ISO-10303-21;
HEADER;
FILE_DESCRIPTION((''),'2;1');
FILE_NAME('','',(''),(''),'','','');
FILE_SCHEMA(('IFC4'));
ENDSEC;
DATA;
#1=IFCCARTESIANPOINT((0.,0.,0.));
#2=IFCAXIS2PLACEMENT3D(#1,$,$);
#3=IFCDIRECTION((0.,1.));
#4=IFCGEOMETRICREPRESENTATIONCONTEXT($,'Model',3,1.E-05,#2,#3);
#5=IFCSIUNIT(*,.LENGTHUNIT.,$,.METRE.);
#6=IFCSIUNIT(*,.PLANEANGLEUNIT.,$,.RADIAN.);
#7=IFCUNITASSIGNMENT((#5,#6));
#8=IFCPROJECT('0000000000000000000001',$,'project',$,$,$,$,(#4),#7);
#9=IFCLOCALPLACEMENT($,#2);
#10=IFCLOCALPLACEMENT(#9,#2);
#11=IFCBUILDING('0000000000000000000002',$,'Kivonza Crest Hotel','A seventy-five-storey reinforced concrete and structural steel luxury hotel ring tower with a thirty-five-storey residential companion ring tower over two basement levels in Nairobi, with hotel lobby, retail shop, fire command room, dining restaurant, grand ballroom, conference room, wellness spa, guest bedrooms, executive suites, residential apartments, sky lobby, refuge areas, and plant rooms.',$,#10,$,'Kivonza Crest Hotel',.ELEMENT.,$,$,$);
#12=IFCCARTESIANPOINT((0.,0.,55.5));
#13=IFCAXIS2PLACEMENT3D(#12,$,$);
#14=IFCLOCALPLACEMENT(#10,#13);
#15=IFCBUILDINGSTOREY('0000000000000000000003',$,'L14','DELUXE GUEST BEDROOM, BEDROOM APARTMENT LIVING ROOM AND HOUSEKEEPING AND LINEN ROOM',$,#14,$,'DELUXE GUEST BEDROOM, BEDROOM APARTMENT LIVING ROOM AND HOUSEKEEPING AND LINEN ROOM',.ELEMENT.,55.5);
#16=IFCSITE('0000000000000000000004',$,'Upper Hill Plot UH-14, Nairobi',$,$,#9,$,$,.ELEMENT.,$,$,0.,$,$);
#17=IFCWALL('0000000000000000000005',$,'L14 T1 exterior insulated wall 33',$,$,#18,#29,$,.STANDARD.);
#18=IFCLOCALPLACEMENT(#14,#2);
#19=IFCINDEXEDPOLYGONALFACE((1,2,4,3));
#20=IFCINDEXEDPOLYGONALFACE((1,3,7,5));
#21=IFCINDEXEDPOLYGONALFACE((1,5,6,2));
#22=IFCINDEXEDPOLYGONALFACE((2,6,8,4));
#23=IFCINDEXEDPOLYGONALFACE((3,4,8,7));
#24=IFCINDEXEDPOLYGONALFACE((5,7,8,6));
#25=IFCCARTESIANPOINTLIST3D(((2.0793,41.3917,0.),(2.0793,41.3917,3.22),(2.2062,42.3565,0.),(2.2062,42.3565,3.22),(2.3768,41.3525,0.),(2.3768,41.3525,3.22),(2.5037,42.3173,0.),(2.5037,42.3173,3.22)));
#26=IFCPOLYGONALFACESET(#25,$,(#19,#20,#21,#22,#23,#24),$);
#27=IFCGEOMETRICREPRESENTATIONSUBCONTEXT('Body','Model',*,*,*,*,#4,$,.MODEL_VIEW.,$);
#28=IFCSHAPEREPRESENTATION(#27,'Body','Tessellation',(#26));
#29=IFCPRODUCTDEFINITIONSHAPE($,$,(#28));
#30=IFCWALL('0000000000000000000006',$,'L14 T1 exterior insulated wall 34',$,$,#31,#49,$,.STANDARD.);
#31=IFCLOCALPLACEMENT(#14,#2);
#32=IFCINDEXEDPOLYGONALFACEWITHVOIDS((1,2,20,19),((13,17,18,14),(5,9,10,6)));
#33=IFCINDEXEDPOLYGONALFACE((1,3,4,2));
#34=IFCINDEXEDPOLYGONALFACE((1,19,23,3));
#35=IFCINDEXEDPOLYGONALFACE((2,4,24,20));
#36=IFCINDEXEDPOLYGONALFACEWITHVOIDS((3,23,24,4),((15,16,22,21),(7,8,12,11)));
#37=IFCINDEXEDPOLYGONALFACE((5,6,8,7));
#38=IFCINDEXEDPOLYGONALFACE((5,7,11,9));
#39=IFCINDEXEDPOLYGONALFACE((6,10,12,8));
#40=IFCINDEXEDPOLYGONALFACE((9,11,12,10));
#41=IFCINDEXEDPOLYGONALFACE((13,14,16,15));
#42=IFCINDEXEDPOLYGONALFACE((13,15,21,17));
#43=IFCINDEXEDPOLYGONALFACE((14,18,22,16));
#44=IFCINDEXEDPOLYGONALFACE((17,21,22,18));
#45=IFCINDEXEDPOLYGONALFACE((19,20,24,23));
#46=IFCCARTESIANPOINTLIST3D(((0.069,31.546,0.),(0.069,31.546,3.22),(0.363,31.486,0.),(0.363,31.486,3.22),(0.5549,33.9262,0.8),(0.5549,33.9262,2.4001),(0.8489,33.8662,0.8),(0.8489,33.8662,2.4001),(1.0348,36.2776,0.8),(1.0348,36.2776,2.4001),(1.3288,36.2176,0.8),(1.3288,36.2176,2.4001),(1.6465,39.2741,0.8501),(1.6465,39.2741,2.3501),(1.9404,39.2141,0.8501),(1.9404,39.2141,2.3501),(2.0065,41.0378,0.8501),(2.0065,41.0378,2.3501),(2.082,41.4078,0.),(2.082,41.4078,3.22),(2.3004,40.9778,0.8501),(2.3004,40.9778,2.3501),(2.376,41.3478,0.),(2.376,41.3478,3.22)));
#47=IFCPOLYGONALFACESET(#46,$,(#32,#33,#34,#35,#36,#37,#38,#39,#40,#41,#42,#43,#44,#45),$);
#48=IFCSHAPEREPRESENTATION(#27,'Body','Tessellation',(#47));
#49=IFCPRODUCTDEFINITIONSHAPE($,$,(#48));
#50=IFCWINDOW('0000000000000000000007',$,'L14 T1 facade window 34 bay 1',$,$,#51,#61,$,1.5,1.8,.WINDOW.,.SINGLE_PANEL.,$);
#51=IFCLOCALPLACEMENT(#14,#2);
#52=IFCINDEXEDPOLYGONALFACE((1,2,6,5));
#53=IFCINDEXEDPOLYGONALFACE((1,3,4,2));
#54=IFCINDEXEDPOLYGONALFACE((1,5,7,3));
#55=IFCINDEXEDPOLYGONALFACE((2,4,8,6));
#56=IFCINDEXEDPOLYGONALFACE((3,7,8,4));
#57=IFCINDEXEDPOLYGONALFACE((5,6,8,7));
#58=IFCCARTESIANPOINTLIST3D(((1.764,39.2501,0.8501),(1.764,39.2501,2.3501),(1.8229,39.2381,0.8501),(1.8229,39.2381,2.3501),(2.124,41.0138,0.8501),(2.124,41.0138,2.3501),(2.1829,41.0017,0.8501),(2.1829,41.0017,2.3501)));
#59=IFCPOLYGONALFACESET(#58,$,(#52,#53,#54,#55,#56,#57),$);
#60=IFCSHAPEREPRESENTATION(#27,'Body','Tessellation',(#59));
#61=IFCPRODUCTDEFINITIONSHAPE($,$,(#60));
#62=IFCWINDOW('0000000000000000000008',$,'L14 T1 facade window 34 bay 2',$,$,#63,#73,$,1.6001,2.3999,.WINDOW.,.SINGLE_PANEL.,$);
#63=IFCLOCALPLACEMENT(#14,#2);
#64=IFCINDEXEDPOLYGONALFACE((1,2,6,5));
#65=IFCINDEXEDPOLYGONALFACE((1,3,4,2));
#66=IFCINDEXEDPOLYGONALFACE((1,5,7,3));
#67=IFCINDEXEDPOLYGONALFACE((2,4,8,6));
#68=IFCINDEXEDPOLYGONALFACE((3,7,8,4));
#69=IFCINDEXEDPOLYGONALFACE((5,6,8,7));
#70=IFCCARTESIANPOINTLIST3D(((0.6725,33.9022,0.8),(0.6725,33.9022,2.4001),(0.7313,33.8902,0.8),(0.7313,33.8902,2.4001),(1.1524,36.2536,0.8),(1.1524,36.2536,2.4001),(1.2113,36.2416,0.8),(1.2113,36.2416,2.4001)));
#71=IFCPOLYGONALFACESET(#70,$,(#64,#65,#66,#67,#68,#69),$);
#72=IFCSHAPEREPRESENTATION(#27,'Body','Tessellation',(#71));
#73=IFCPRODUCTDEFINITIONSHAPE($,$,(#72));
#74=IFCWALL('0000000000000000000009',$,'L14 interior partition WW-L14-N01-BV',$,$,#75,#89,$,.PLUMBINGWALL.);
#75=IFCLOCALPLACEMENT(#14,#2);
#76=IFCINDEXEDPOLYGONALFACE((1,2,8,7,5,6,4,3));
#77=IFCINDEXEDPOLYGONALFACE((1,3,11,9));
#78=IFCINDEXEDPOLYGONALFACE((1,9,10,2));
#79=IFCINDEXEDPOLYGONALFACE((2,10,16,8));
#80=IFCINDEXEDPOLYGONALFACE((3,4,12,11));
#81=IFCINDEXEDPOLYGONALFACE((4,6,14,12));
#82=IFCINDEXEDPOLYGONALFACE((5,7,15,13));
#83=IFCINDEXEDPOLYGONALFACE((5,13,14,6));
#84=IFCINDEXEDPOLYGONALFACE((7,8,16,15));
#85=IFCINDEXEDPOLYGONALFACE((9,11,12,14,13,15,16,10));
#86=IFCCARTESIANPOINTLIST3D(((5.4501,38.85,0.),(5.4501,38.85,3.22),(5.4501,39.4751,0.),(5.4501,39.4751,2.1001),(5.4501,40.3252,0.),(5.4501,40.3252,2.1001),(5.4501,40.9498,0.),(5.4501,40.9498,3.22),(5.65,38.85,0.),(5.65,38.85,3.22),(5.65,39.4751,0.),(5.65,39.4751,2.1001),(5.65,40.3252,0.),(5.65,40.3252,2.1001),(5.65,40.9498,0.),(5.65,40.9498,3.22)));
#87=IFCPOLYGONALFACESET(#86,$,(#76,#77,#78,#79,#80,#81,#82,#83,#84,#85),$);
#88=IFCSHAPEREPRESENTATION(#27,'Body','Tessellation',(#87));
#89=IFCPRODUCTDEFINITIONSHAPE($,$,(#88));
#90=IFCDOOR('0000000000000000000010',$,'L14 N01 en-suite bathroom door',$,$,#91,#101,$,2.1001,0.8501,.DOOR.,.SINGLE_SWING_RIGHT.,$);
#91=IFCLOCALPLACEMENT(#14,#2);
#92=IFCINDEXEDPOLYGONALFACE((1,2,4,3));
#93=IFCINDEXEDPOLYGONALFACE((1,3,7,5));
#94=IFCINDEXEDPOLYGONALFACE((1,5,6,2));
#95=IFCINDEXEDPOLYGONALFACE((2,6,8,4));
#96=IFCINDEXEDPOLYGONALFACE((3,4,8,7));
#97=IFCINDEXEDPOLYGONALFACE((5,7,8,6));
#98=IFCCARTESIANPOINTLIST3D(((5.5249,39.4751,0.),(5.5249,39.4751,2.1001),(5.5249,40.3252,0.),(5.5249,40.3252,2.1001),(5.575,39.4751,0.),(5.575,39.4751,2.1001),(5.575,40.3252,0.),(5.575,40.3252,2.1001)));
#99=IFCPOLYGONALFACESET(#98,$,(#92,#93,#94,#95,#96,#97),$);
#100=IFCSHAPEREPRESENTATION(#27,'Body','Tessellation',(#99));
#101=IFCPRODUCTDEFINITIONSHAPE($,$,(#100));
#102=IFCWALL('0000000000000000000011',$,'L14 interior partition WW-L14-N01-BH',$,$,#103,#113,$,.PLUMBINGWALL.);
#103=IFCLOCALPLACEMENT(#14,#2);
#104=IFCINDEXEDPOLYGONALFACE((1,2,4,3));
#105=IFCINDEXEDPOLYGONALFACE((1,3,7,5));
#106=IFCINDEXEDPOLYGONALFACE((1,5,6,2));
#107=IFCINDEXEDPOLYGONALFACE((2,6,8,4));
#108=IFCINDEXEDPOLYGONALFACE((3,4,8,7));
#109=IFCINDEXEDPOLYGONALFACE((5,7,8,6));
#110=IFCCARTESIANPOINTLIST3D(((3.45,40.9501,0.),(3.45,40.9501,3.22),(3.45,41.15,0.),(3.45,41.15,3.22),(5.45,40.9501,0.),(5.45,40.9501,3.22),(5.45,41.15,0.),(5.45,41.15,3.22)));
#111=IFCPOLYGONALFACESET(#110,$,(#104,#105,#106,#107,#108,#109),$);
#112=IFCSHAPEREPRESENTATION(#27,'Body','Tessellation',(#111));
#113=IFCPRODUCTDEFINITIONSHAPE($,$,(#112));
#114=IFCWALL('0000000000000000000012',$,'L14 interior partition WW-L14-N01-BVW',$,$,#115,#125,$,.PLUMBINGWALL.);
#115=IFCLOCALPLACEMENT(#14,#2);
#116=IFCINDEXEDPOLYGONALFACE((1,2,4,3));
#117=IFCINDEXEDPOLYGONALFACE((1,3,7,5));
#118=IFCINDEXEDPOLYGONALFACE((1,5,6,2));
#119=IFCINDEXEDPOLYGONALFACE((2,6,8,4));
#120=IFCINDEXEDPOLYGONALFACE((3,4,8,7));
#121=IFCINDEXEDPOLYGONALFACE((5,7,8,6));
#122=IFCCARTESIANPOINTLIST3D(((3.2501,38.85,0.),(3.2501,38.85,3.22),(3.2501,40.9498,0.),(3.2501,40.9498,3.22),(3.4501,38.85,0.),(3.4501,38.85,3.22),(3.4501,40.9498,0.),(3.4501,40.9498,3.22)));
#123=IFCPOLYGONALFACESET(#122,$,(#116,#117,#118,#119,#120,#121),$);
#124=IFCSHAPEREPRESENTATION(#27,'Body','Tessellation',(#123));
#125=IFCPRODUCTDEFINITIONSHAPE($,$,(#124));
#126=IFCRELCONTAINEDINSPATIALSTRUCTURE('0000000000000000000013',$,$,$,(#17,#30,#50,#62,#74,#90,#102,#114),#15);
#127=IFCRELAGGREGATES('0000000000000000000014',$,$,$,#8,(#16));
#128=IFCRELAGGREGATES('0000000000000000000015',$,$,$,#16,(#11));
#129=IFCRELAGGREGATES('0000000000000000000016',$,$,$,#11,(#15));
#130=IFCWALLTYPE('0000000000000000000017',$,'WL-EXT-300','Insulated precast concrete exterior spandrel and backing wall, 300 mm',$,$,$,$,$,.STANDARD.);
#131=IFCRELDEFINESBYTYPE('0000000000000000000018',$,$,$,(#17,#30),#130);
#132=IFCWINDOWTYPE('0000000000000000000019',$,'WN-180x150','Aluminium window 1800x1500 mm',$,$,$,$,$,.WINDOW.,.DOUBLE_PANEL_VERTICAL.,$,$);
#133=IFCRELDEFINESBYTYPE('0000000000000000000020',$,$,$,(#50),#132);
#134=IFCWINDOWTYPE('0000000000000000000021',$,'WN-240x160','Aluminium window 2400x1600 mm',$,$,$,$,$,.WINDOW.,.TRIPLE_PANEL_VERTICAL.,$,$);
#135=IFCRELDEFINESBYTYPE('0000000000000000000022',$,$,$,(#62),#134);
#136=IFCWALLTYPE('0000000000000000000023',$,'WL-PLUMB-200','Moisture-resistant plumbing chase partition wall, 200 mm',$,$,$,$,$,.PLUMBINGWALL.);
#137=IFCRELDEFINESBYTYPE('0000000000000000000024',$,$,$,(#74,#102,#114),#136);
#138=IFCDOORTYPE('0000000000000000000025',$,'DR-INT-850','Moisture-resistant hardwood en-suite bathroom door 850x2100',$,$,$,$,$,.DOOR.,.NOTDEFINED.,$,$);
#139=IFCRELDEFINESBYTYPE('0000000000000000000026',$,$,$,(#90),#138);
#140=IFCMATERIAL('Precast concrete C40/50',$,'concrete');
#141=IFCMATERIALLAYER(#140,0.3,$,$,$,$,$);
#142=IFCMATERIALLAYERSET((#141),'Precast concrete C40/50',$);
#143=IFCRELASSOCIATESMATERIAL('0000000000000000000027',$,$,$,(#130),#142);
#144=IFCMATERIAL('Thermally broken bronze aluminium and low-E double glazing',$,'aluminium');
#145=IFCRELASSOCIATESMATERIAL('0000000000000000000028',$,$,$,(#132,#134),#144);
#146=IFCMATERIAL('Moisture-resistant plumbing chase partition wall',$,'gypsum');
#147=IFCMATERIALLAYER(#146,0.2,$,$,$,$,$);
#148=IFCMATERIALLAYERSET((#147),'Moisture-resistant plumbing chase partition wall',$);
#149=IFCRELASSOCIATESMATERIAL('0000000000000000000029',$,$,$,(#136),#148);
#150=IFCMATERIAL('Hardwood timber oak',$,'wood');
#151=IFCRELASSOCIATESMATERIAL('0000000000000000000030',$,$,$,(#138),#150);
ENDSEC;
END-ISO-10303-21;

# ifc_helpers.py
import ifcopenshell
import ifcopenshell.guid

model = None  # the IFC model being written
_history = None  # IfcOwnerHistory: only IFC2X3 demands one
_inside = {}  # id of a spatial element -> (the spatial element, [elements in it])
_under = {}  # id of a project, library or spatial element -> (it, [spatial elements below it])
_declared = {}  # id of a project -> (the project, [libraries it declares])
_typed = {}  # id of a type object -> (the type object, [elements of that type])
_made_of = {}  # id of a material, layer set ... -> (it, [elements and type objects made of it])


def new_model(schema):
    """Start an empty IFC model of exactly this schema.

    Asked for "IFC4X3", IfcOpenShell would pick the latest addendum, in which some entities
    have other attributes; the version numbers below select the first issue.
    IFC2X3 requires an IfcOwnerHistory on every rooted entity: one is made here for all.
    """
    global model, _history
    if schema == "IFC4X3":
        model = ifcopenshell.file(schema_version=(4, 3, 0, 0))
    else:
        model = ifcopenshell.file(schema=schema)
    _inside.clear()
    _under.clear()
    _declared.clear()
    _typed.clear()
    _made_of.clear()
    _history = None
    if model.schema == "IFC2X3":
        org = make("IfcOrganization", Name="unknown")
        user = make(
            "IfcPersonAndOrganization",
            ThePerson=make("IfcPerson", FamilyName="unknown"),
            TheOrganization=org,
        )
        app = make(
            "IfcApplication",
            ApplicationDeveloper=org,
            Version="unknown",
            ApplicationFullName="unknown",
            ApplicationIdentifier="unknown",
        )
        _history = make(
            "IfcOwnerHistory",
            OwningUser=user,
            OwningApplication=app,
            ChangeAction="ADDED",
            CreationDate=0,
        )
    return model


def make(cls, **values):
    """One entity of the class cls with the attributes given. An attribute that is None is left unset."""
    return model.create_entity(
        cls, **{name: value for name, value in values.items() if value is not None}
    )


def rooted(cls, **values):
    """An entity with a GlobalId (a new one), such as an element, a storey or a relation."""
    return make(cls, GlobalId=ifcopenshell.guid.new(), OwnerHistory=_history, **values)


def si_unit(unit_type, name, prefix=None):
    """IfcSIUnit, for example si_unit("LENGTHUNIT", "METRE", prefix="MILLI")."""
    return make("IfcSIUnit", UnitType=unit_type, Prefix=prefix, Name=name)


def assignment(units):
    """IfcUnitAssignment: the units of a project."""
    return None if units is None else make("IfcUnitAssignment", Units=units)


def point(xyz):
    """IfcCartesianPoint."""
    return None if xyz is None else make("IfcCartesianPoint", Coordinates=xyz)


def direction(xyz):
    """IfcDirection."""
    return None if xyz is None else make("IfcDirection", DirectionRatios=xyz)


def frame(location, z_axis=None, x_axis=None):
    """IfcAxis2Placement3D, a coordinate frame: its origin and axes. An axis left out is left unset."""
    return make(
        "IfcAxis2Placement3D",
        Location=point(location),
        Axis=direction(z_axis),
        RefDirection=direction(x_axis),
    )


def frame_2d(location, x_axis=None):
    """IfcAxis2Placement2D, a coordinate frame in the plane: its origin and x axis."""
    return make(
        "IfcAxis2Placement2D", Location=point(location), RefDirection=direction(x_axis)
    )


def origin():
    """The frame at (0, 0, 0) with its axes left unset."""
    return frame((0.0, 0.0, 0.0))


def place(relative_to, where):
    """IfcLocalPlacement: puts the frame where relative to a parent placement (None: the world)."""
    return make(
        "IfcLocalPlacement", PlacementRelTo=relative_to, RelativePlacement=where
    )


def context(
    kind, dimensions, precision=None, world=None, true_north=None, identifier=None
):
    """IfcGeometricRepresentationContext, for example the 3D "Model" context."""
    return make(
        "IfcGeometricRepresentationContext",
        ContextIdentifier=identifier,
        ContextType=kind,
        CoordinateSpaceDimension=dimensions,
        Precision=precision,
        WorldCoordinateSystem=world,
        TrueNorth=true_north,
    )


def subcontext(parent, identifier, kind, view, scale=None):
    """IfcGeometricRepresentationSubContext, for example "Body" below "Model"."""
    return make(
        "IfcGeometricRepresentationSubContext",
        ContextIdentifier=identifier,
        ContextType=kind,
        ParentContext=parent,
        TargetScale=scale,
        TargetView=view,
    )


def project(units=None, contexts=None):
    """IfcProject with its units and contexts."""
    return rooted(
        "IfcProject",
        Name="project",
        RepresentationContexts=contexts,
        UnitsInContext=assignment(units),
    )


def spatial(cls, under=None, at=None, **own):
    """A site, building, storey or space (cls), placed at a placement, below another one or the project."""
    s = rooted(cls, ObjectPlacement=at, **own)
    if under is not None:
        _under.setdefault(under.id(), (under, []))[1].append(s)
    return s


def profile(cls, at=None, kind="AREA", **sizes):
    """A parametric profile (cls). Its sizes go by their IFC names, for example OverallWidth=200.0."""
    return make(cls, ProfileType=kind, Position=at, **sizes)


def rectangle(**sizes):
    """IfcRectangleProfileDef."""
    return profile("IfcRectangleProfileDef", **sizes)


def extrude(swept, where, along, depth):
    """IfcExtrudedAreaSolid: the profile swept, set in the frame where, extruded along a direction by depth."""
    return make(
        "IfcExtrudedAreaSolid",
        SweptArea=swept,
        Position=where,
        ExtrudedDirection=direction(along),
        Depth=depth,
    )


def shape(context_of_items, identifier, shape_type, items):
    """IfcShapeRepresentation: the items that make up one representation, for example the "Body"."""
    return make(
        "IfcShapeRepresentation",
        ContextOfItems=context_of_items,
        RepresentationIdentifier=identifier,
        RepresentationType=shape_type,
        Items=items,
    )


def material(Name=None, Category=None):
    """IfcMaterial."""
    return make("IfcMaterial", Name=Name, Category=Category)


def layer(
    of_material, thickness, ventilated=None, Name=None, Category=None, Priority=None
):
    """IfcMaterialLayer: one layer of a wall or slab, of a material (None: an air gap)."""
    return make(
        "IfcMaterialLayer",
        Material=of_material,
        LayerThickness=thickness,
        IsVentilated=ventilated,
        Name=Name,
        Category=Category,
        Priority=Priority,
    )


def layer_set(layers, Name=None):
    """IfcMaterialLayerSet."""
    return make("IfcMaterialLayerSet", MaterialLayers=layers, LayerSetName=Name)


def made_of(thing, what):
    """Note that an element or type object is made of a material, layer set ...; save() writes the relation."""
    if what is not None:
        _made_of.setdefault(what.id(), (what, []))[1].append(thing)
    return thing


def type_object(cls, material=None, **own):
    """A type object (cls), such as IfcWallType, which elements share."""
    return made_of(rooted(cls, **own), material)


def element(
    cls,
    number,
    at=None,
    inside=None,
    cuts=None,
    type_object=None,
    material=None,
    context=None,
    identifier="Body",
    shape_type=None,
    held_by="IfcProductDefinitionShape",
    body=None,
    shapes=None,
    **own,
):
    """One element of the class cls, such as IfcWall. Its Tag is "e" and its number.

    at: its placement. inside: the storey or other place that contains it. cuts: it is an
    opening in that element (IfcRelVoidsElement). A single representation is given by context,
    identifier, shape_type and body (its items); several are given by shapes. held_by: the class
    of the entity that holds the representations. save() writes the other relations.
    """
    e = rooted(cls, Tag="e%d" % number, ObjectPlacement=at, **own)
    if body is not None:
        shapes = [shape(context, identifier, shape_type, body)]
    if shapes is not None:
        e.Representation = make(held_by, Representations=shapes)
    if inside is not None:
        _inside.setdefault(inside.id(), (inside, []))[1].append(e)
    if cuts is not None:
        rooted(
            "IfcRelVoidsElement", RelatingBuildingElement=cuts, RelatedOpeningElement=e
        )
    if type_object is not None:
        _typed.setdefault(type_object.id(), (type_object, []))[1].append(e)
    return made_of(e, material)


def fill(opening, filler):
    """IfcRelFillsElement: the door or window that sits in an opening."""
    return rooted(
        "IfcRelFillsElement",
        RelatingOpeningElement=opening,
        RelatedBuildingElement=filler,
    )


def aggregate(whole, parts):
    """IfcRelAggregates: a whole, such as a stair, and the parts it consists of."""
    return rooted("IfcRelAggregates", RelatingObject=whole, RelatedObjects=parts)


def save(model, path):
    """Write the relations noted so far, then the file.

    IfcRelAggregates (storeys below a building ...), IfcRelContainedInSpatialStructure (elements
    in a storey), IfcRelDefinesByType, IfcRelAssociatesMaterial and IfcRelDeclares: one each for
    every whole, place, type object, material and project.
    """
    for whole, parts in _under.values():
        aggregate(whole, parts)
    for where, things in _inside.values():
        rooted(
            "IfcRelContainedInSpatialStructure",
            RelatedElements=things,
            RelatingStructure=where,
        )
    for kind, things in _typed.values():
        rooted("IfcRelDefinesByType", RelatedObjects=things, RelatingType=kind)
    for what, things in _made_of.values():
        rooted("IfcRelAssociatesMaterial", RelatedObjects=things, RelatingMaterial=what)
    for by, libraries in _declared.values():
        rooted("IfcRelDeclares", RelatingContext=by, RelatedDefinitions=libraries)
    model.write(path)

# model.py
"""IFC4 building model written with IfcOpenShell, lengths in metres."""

from ifc_helpers import new_model, si_unit, direction, frame, frame_2d, origin, place, context, subcontext, project, spatial, rectangle, extrude, material, layer, layer_set, type_object, element, fill, save


model = new_model("IFC4")

# Units and contexts
model_context = context("Model", 3, precision=1e-05, world=origin(), true_north=direction((0.0, 1.0)))
body_context = subcontext(model_context, "Body", "Model", "MODEL_VIEW")
ifc_project = project(units=[si_unit("LENGTHUNIT", "METRE"), si_unit("PLANEANGLEUNIT", "RADIAN")], contexts=[model_context])

# Site, building, storey
site_placement = place(None, origin())
site = spatial("IfcSite", under=ifc_project, at=site_placement, Name="Upper Hill Plot UH-14, Nairobi", CompositionType="ELEMENT", RefElevation=0.0)
building_placement = place(site_placement, origin())
building = spatial("IfcBuilding", under=site, at=building_placement, Name="Kivonza Crest Hotel", Description="A seventy-five-storey reinforced concrete and structural steel luxury hotel ring tower with a thirty-five-storey residential companion ring tower over two basement levels in Nairobi, with hotel lobby, retail shop, fire command room, dining restaurant, grand ballroom, conference room, wellness spa, guest bedrooms, executive suites, residential apartments, sky lobby, refuge areas, and plant rooms.", LongName="Kivonza Crest Hotel", CompositionType="ELEMENT")
storey_placement = place(building_placement, frame((0.0, 0.0, 55.5)))
storey = spatial("IfcBuildingStorey", under=building, at=storey_placement, Name="L14", Description="DELUXE GUEST BEDROOM, BEDROOM APARTMENT LIVING ROOM AND HOUSEKEEPING AND LINEN ROOM", LongName="DELUXE GUEST BEDROOM, BEDROOM APARTMENT LIVING ROOM AND HOUSEKEEPING AND LINEN ROOM", CompositionType="ELEMENT", Elevation=55.5)

# Shared definitions
ifc_material_1 = material(Name="Hardwood timber oak", Category="wood")

# Wall
ifc_material_2 = material(Name="Precast concrete C40/50", Category="concrete")
ifc_layer_1 = layer(ifc_material_2, 0.3)
ifc_layer_set_1 = layer_set([ifc_layer_1], Name="Precast concrete C40/50")
wall_type_1 = type_object("IfcWallType", Name="WL-EXT-300", Description="Insulated precast concrete exterior spandrel and backing wall, 300 mm", PredefinedType="STANDARD", material=ifc_layer_set_1)
wall_1_placement = place(storey_placement, frame((2.355, 42.3369, 0.0), z_axis=(0.0, 0.0, 1.0), x_axis=(-0.130455, -0.991454, 0.0)))
element("IfcWall", 1, at=wall_1_placement, inside=storey, type_object=wall_type_1, Name="L14 T1 exterior insulated wall 33", PredefinedType="STANDARD", context=body_context, shape_type="SweptSolid", body=[
    extrude(rectangle(XDim=0.9731, YDim=0.3, at=frame_2d((0.4866, 0.0))), origin(), (0.0, 0.0, 1.0), 3.22),
])

# Wall, openings, windows
wall_2_placement = place(storey_placement, frame((2.229, 41.3779, 0.0), z_axis=(0.0, 0.0, 1.0), x_axis=(-0.199991, -0.979798, 0.0)))
wall_2 = element("IfcWall", 2, at=wall_2_placement, inside=storey, type_object=wall_type_1, Name="L14 T1 exterior insulated wall 34", PredefinedType="STANDARD", context=body_context, shape_type="SweptSolid", body=[
    extrude(rectangle(XDim=10.0652, YDim=0.3, at=frame_2d((5.0327, 0.0))), origin(), (0.0, 0.0, 1.0), 3.22),
])
opening_1_placement = place(wall_2_placement, frame((0.3779, 0.0, 0.8501)))
opening_1 = element("IfcOpeningElement", 3, at=opening_1_placement, cuts=wall_2, PredefinedType="OPENING", context=body_context, shape_type="SweptSolid", body=[
    extrude(rectangle(XDim=1.8, YDim=1.5, at=frame_2d((0.8999, 0.75))), frame((0.0, 0.1602, 0.0), z_axis=(0.0, -1.0, 0.0), x_axis=(1.0, 0.0, 0.0)), (0.0, 0.0, 1.0), 0.3201),
])
opening_2_placement = place(wall_2_placement, frame((5.2361, 0.0, 0.8)))
opening_2 = element("IfcOpeningElement", 4, at=opening_2_placement, cuts=wall_2, PredefinedType="OPENING", context=body_context, shape_type="SweptSolid", body=[
    extrude(rectangle(XDim=2.3999, YDim=1.6001, at=frame_2d((1.2, 0.8))), frame((0.0, 0.1602, 0.0), z_axis=(0.0, -1.0, 0.0), x_axis=(1.0, 0.0, 0.0)), (0.0, 0.0, 1.0), 0.3201),
])
ifc_material_3 = material(Name="Thermally broken bronze aluminium and low-E double glazing", Category="aluminium")
window_type_1 = type_object("IfcWindowType", Name="WN-180x150", Description="Aluminium window 1800x1500 mm", PartitioningType="DOUBLE_PANEL_VERTICAL", PredefinedType="WINDOW", material=ifc_material_3)
window_1_placement = place(opening_1_placement, origin())
window_1 = element("IfcWindow", 5, at=window_1_placement, inside=storey, type_object=window_type_1, Name="L14 T1 facade window 34 bay 1", OverallHeight=1.5, OverallWidth=1.8, PartitioningType="SINGLE_PANEL", PredefinedType="WINDOW", context=body_context, shape_type="SweptSolid", body=[
    extrude(rectangle(XDim=1.8, YDim=1.5, at=frame_2d((0.8999, 0.75))), frame((0.0, 0.03, 0.0), z_axis=(0.0, -1.0, 0.0), x_axis=(1.0, 0.0, 0.0)), (0.0, 0.0, 1.0), 0.0601),
])
fill(opening_1, window_1)
window_type_2 = type_object("IfcWindowType", Name="WN-240x160", Description="Aluminium window 2400x1600 mm", PartitioningType="TRIPLE_PANEL_VERTICAL", PredefinedType="WINDOW", material=ifc_material_3)
window_2_placement = place(opening_2_placement, origin())
window_2 = element("IfcWindow", 6, at=window_2_placement, inside=storey, type_object=window_type_2, Name="L14 T1 facade window 34 bay 2", OverallHeight=1.6001, OverallWidth=2.3999, PartitioningType="SINGLE_PANEL", PredefinedType="WINDOW", context=body_context, shape_type="SweptSolid", body=[
    extrude(rectangle(XDim=2.3999, YDim=1.6001, at=frame_2d((1.2, 0.8))), frame((0.0, 0.03, 0.0), z_axis=(0.0, -1.0, 0.0), x_axis=(1.0, 0.0, 0.0)), (0.0, 0.0, 1.0), 0.0601),
])
fill(opening_2, window_2)

# Wall, opening, door
ifc_material_4 = material(Name="Moisture-resistant plumbing chase partition wall", Category="gypsum")
ifc_layer_2 = layer(ifc_material_4, 0.2)
ifc_layer_set_2 = layer_set([ifc_layer_2], Name="Moisture-resistant plumbing chase partition wall")
wall_type_2 = type_object("IfcWallType", Name="WL-PLUMB-200", Description="Moisture-resistant plumbing chase partition wall, 200 mm", PredefinedType="PLUMBINGWALL", material=ifc_layer_set_2)
wall_3_placement = place(storey_placement, frame((5.55, 38.8501, 0.0), z_axis=(0.0, 0.0, 1.0), x_axis=(0.0, 1.0, 0.0)))
wall_3 = element("IfcWall", 7, at=wall_3_placement, inside=storey, type_object=wall_type_2, Name="L14 interior partition WW-L14-N01-BV", PredefinedType="PLUMBINGWALL", context=body_context, shape_type="SweptSolid", body=[
    extrude(rectangle(XDim=2.0999, YDim=0.2, at=frame_2d((1.0498, 0.0))), origin(), (0.0, 0.0, 1.0), 3.22),
])
opening_3_placement = place(wall_3_placement, frame((0.625, 0.0, 0.0)))
opening_3 = element("IfcOpeningElement", 8, at=opening_3_placement, cuts=wall_3, PredefinedType="OPENING", context=body_context, shape_type="SweptSolid", body=[
    extrude(rectangle(XDim=0.8501, YDim=2.1001, at=frame_2d((0.425, 1.05))), frame((0.0, 0.1099, 0.0), z_axis=(0.0, -1.0, 0.0), x_axis=(1.0, 0.0, 0.0)), (0.0, 0.0, 1.0), 0.22),
])
door_type_1 = type_object("IfcDoorType", Name="DR-INT-850", Description="Moisture-resistant hardwood en-suite bathroom door 850x2100", OperationType="NOTDEFINED", PredefinedType="DOOR", material=ifc_material_1)
door_1_placement = place(opening_3_placement, frame((0.8501, 0.0, 0.0), z_axis=(0.0, 0.0, 1.0), x_axis=(-1.0, 0.0, 0.0)))
door_1 = element("IfcDoor", 9, at=door_1_placement, inside=storey, type_object=door_type_1, Name="L14 N01 en-suite bathroom door", OperationType="SINGLE_SWING_RIGHT", OverallHeight=2.1001, OverallWidth=0.8501, PredefinedType="DOOR", context=body_context, shape_type="SweptSolid", body=[
    extrude(rectangle(XDim=0.8501, YDim=2.1001, at=frame_2d((0.425, 1.05))), frame((0.0, 0.0249, 0.0), z_axis=(0.0, -1.0, 0.0), x_axis=(1.0, 0.0, 0.0)), (0.0, 0.0, 1.0), 0.05),
])
fill(opening_3, door_1)

# Walls
wall_4_placement = place(storey_placement, frame((3.45, 41.05, 0.0), z_axis=(0.0, 0.0, 1.0), x_axis=(1.0, 0.0, 0.0)))
element("IfcWall", 10, at=wall_4_placement, inside=storey, type_object=wall_type_2, Name="L14 interior partition WW-L14-N01-BH", PredefinedType="PLUMBINGWALL", context=body_context, shape_type="SweptSolid", body=[
    extrude(rectangle(XDim=2.0, YDim=0.2, at=frame_2d((1.0, 0.0))), origin(), (0.0, 0.0, 1.0), 3.22),
])
wall_5_placement = place(storey_placement, frame((3.3501, 38.8501, 0.0), z_axis=(0.0, 0.0, 1.0), x_axis=(0.0, 1.0, 0.0)))
element("IfcWall", 11, at=wall_5_placement, inside=storey, type_object=wall_type_2, Name="L14 interior partition WW-L14-N01-BVW", PredefinedType="PLUMBINGWALL", context=body_context, shape_type="SweptSolid", body=[
    extrude(rectangle(XDim=2.0999, YDim=0.2, at=frame_2d((1.0498, 0.0))), origin(), (0.0, 0.0, 1.0), 3.22),
])

save(model, "model.ifc")
